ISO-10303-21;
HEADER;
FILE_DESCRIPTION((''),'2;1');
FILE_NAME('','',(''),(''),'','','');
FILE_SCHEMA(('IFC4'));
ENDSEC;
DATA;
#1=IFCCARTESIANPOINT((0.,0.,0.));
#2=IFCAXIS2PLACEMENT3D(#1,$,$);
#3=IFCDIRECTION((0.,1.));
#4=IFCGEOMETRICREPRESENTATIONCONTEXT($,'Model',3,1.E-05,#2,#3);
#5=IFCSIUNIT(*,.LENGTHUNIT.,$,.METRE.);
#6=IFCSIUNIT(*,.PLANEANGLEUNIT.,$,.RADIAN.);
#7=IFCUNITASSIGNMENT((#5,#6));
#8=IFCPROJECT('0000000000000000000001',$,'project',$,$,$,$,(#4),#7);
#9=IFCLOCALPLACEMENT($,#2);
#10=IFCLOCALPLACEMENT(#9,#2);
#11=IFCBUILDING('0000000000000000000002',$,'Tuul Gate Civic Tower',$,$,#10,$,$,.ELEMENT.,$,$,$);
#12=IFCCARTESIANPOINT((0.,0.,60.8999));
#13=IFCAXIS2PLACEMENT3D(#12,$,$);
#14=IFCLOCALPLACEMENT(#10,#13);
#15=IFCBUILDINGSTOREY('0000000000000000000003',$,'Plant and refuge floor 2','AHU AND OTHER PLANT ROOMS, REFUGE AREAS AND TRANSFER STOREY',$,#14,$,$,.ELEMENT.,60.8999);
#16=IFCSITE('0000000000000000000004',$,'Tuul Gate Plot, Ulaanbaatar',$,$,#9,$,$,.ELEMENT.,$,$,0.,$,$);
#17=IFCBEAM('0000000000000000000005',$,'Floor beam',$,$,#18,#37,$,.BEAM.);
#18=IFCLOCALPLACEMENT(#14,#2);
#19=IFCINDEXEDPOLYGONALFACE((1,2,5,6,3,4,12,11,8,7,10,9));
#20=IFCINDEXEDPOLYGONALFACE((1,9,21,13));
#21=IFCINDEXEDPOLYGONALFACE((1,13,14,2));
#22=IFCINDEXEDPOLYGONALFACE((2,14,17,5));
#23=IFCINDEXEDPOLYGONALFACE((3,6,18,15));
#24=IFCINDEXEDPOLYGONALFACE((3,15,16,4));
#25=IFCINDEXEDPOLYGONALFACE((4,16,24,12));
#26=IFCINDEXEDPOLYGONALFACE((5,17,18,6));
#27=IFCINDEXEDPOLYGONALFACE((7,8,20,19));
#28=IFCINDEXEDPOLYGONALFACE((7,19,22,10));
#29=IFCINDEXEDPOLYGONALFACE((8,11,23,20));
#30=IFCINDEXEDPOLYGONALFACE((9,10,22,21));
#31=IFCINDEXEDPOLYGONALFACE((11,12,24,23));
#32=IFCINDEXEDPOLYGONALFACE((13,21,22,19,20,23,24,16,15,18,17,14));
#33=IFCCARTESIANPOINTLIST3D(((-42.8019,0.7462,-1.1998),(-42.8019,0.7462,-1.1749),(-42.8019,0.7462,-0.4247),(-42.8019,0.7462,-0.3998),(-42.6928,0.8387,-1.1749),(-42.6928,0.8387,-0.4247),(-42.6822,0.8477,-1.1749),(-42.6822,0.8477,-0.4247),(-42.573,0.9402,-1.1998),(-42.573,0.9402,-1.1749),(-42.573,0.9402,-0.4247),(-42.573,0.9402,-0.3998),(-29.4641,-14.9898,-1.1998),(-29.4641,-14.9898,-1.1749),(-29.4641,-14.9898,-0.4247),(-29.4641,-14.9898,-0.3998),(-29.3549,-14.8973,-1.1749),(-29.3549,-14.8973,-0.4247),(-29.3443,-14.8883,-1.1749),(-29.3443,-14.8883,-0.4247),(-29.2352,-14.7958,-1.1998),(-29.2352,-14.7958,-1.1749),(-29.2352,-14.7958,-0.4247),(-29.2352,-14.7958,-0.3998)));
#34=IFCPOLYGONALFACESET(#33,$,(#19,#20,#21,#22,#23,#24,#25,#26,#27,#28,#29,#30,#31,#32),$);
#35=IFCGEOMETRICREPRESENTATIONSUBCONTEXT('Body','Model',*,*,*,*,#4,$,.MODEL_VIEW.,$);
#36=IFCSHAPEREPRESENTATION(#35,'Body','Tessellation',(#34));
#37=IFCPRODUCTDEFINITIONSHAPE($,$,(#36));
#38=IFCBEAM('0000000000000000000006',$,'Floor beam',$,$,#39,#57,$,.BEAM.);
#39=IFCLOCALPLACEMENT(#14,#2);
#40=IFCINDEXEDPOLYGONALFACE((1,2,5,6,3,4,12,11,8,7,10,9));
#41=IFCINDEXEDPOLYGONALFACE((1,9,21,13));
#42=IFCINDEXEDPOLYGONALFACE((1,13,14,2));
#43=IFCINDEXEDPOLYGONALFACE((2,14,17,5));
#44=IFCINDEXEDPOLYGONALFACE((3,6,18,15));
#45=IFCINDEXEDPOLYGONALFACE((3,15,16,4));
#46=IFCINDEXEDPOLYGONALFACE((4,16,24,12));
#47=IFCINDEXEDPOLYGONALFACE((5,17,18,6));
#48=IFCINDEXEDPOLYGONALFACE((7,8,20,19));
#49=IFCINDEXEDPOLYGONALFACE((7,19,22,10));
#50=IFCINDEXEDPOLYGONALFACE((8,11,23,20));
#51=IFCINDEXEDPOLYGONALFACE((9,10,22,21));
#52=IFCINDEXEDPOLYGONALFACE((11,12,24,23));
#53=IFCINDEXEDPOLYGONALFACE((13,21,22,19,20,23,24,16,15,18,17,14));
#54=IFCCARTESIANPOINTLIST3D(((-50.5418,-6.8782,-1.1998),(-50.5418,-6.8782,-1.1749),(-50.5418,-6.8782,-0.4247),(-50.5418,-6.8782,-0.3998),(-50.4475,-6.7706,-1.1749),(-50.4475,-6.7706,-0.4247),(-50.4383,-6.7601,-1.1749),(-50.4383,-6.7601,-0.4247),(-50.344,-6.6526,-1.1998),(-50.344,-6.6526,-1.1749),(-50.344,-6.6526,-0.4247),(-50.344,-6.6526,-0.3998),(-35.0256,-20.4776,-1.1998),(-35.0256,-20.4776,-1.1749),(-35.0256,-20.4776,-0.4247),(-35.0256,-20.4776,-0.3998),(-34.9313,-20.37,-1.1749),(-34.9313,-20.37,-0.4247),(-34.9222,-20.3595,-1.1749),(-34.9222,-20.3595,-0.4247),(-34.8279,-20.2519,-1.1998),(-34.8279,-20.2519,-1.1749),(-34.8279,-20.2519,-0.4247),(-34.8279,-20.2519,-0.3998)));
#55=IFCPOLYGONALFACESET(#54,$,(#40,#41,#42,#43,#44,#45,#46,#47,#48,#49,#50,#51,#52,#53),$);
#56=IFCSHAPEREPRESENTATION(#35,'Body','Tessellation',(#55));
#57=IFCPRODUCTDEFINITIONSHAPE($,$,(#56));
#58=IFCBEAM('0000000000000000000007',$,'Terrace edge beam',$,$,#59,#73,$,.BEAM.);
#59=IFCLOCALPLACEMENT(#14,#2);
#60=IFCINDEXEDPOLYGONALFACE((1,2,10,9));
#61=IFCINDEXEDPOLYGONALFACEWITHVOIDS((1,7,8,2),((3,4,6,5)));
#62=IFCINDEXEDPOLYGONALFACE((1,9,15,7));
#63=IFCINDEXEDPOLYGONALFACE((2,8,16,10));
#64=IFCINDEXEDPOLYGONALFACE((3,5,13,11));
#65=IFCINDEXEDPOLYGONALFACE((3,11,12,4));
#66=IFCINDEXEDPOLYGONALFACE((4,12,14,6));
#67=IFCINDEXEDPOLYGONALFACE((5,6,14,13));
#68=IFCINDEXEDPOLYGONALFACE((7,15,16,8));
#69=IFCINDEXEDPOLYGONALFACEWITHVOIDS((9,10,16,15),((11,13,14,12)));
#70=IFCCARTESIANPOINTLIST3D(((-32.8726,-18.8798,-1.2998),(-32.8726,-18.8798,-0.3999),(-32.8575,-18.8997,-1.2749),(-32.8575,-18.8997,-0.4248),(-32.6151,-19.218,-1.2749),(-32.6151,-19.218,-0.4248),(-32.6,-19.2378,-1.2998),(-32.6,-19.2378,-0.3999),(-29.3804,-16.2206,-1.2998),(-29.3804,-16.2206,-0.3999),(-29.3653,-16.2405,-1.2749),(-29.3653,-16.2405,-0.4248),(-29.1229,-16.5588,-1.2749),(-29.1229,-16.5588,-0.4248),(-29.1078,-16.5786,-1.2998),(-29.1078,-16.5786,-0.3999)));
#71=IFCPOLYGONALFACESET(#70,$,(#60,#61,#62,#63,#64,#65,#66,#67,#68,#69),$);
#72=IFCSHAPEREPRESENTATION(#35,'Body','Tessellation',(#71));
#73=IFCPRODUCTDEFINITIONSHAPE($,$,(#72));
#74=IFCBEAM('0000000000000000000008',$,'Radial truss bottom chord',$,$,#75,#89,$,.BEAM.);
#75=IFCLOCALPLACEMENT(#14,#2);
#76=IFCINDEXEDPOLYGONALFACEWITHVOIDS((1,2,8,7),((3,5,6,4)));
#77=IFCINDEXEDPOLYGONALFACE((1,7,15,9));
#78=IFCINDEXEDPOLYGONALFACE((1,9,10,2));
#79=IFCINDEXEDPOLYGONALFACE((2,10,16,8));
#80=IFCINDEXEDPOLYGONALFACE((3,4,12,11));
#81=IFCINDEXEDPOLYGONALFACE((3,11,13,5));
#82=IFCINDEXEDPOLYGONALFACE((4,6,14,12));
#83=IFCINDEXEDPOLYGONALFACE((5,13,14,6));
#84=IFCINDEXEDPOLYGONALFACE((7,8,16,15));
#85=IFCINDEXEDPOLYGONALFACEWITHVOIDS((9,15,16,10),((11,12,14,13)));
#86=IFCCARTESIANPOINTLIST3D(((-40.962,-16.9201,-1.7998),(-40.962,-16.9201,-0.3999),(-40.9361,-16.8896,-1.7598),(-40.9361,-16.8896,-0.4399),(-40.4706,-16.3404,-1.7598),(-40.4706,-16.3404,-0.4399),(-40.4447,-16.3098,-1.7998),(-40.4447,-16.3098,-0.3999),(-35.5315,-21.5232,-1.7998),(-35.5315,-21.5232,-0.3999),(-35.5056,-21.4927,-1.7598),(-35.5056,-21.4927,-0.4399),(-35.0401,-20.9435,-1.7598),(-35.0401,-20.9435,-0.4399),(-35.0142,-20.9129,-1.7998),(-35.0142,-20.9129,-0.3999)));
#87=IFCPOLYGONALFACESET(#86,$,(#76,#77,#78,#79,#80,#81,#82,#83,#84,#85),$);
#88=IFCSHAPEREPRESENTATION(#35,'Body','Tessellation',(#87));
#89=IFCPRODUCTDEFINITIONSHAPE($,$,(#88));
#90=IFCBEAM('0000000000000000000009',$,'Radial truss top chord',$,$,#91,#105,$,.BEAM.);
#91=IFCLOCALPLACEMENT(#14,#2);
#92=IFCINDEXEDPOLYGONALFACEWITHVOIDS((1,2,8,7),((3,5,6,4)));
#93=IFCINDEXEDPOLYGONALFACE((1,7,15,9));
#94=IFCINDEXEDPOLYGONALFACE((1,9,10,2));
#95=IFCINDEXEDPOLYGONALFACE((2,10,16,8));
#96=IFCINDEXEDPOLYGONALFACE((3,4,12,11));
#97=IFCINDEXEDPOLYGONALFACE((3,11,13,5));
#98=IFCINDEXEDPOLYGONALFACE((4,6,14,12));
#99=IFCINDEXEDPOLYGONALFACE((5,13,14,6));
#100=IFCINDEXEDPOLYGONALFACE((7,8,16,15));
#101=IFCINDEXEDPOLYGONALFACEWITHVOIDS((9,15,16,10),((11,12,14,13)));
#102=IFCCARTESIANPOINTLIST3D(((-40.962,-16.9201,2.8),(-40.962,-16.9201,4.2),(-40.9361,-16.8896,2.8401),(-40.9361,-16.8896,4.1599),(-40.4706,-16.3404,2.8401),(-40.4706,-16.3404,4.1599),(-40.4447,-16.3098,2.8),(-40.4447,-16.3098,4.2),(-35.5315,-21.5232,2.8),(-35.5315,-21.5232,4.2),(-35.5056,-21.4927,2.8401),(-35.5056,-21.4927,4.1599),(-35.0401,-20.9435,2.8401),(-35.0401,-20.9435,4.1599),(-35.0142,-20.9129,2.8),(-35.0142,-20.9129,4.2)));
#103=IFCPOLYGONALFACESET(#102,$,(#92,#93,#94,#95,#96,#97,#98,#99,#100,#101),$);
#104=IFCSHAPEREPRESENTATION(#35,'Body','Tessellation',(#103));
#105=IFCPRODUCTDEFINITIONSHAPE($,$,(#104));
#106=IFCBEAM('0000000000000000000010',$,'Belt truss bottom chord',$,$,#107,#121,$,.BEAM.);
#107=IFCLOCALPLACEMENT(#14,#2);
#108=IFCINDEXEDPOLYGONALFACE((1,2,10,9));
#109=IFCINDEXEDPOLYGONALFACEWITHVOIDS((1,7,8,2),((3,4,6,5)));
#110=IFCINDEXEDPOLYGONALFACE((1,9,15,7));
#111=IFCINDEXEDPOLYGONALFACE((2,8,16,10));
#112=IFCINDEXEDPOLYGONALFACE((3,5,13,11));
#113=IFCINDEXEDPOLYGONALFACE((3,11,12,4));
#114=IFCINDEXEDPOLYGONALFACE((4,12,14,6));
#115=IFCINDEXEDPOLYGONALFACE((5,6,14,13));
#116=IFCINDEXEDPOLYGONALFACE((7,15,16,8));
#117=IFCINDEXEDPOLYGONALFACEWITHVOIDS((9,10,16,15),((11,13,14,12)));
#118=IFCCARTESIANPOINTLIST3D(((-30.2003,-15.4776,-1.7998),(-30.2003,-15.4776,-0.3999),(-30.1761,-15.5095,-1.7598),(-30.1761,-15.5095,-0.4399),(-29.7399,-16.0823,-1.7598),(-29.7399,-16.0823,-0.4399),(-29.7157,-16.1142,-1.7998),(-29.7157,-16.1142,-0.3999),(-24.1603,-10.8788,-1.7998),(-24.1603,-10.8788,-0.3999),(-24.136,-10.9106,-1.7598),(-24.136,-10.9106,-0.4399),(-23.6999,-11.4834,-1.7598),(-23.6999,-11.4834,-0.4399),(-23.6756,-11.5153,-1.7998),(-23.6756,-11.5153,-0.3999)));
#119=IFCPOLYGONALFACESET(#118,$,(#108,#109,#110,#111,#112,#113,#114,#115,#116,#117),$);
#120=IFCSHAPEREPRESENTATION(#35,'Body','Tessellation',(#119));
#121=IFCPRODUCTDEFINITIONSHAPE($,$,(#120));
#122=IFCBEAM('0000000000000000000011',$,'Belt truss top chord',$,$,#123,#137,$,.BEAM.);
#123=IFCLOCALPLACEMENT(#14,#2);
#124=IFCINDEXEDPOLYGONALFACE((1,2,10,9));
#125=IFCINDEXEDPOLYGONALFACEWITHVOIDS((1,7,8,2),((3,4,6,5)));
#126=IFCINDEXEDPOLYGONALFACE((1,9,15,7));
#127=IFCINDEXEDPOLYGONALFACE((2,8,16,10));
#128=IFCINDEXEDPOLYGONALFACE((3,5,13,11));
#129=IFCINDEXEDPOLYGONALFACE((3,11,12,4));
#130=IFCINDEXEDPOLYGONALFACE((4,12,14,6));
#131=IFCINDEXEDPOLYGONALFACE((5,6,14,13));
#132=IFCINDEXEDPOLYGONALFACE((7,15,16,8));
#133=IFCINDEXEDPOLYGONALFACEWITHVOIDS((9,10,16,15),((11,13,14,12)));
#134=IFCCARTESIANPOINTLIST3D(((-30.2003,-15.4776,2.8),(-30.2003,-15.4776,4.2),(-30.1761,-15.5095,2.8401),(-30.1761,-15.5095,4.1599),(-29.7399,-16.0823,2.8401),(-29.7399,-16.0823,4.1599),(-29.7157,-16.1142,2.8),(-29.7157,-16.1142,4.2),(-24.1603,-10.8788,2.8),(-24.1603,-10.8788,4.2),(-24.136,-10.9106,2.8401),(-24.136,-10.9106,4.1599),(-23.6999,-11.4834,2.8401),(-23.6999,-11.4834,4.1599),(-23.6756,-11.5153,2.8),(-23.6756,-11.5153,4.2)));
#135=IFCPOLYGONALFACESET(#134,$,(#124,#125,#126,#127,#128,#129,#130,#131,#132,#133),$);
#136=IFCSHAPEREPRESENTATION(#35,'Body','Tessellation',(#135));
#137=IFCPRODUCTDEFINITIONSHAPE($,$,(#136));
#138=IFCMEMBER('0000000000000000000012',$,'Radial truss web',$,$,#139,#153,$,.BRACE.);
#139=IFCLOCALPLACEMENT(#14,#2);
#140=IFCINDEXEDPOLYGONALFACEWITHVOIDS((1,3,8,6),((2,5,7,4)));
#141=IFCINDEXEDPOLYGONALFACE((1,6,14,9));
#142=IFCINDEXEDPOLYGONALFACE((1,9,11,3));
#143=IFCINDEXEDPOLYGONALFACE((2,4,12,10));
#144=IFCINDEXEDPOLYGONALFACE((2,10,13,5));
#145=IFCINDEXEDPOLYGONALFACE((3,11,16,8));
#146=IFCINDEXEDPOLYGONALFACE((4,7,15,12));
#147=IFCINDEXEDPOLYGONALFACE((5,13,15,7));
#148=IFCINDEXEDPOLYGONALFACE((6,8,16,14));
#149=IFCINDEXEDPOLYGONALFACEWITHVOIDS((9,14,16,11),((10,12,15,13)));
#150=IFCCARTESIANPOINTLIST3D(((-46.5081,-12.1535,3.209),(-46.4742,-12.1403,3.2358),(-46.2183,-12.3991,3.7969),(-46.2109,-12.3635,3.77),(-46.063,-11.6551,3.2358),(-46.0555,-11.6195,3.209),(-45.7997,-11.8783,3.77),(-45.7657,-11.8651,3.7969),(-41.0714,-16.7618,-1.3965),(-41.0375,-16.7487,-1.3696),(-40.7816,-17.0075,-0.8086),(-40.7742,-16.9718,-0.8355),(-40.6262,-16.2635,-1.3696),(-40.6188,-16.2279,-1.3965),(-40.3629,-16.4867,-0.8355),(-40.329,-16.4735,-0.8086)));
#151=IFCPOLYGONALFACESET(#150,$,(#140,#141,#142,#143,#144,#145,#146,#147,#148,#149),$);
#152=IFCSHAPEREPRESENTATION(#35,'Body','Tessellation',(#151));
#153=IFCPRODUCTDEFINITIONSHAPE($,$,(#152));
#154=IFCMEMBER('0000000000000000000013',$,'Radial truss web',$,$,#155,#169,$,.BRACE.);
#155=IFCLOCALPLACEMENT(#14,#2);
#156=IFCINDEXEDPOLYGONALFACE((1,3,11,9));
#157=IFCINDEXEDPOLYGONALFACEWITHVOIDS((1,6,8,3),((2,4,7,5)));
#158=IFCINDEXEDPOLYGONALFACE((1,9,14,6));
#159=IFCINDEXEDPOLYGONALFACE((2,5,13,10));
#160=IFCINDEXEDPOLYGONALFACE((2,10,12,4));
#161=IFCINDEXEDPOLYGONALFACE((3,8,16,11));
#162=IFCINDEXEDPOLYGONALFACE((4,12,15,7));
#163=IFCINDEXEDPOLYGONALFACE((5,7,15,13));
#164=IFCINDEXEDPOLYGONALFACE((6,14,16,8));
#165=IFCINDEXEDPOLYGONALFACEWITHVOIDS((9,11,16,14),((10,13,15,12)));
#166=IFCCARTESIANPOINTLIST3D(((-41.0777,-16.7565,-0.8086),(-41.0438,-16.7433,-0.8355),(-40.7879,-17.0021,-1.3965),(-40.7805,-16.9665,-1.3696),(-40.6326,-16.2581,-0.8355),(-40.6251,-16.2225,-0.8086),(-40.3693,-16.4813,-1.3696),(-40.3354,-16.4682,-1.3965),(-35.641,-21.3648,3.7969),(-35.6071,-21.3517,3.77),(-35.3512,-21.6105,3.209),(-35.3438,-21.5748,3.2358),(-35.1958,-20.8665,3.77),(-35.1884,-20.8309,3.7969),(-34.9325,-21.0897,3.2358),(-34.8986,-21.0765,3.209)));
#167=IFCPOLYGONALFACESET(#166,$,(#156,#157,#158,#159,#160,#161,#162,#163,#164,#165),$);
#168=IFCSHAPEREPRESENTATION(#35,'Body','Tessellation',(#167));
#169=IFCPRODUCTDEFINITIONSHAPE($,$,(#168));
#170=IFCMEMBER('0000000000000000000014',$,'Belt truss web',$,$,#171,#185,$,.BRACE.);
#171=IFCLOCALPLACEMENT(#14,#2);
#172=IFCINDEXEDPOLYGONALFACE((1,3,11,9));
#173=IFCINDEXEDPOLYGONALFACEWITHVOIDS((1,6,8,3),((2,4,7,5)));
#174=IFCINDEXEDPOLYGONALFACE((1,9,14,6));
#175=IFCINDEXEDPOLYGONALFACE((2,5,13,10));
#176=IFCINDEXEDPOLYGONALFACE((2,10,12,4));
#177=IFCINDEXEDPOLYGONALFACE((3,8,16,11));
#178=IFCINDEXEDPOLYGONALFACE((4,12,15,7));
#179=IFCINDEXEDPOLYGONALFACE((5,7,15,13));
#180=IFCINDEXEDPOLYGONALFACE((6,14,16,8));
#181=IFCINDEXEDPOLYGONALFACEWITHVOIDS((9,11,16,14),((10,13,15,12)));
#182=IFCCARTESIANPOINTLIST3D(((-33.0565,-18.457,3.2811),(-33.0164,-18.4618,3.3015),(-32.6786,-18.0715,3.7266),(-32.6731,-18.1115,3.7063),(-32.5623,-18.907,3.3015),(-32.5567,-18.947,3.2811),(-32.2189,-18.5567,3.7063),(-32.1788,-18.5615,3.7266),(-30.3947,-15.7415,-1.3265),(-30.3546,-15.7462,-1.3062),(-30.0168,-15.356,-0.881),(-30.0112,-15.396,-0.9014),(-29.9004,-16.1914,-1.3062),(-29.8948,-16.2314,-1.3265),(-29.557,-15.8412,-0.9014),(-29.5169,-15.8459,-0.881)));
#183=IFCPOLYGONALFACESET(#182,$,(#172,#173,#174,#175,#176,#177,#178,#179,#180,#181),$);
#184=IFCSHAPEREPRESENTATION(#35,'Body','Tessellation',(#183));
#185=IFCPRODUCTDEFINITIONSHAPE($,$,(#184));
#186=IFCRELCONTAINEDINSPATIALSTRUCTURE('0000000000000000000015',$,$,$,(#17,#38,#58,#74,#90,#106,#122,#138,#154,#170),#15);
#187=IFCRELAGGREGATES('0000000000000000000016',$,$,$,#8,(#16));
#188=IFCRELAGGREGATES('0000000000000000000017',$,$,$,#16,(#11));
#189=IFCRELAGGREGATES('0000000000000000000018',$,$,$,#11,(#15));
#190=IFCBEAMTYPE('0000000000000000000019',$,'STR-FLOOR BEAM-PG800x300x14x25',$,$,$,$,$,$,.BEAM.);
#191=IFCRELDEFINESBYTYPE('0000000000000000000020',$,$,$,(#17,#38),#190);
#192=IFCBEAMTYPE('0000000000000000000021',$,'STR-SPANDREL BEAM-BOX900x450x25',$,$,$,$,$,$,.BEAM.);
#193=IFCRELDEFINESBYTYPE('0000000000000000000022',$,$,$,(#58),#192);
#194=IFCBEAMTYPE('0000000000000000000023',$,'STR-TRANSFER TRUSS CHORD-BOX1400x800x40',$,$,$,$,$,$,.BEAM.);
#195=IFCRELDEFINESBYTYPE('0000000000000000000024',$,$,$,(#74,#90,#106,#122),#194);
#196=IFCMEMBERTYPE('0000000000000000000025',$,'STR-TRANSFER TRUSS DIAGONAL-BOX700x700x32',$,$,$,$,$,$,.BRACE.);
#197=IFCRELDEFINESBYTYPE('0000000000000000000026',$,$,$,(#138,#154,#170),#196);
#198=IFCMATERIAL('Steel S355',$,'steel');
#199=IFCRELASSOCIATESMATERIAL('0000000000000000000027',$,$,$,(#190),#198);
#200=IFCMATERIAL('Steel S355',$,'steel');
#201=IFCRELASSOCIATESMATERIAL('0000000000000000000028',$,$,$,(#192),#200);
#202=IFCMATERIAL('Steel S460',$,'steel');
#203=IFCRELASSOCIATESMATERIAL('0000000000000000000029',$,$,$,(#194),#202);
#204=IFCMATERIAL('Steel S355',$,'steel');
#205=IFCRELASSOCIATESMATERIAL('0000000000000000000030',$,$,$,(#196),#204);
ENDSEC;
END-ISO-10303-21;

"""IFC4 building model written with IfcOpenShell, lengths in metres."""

from ifc_helpers import new_model, si_unit, direction, frame, origin, origin_2d, place, context, subcontext, project, spatial, hollow_rectangle, i_section, extrude, material, material_profile, profile_set, type_object, element, save


model = new_model("IFC4")

# Units and contexts
model_context = context("Model", 3, precision=1e-05, world=origin(), true_north=direction((0.0, 1.0)))
body_context = subcontext(model_context, "Body", "Model", "MODEL_VIEW")
ifc_project = project(units=[si_unit("LENGTHUNIT", "METRE"), si_unit("PLANEANGLEUNIT", "RADIAN")], contexts=[model_context])

# Site, building, storey
site_placement = place(None, origin())
site = spatial("IfcSite", under=ifc_project, at=site_placement, Name="Tuul Gate Plot, Ulaanbaatar", CompositionType="ELEMENT", RefElevation=0.0)
building_placement = place(site_placement, origin())
building = spatial("IfcBuilding", under=site, at=building_placement, Name="Tuul Gate Civic Tower", CompositionType="ELEMENT")
storey_placement = place(building_placement, frame((0.0, 0.0, 60.8999)))
storey = spatial("IfcBuildingStorey", under=building, at=storey_placement, Name="Plant and refuge floor 2", Description="AHU AND OTHER PLANT ROOMS, REFUGE AREAS AND TRANSFER STOREY", CompositionType="ELEMENT", Elevation=60.8999)

# Beams
ifc_material_1 = material(Name="Steel S355", Category="steel")
ifc_material_profile_1 = material_profile(ifc_material_1, i_section(OverallWidth=0.3, OverallDepth=0.8, WebThickness=0.0139, FlangeThickness=0.0249, at=origin_2d()), Name="PG800x300x14x25")
ifc_profile_set_1 = profile_set([ifc_material_profile_1], Name="Steel S355")
beam_type_1 = type_object("IfcBeamType", Name="STR-FLOOR BEAM-PG800x300x14x25", PredefinedType="BEAM", material=ifc_profile_set_1)
beam_1_placement = place(storey_placement, frame((-29.3496, -14.8928, -0.7998), z_axis=(-0.646585, 0.762842, 0.0), x_axis=(-0.762842, -0.646585, 0.0)))
element("IfcBeam", 1, at=beam_1_placement, inside=storey, type_object=beam_type_1, Name="Floor beam", PredefinedType="BEAM", context=body_context, shape_type="SweptSolid", body=[
    extrude(i_section(OverallWidth=0.3, OverallDepth=0.8, WebThickness=0.0139, FlangeThickness=0.0249, at=origin_2d()), origin(), (0.0, 0.0, 1.0), 20.6282),
])
beam_2_placement = place(storey_placement, frame((-34.9268, -20.3647, -0.7998), z_axis=(-0.75203, 0.659129, 0.0), x_axis=(-0.659129, -0.75203, 0.0)))
element("IfcBeam", 2, at=beam_2_placement, inside=storey, type_object=beam_type_1, Name="Floor beam", PredefinedType="BEAM", context=body_context, shape_type="SweptSolid", body=[
    extrude(i_section(OverallWidth=0.3, OverallDepth=0.8, WebThickness=0.0139, FlangeThickness=0.0249, at=origin_2d()), origin(), (0.0, 0.0, 1.0), 20.6323),
])
ifc_material_2 = material(Name="Steel S355", Category="steel")
ifc_material_profile_2 = material_profile(ifc_material_2, hollow_rectangle(XDim=0.45, YDim=0.8999, WallThickness=0.0249, at=origin_2d()), Name="BOX900x450x25")
ifc_profile_set_2 = profile_set([ifc_material_profile_2], Name="Steel S355")
beam_type_2 = type_object("IfcBeamType", Name="STR-SPANDREL BEAM-BOX900x450x25", PredefinedType="BEAM", material=ifc_profile_set_2)
beam_3_placement = place(storey_placement, frame((-32.7363, -19.0588, -0.8499), z_axis=(0.7956, 0.605822, 0.0), x_axis=(-0.605822, 0.7956, 0.0)))
element("IfcBeam", 3, at=beam_3_placement, inside=storey, type_object=beam_type_2, Name="Terrace edge beam", PredefinedType="BEAM", context=body_context, shape_type="SweptSolid", body=[
    extrude(hollow_rectangle(XDim=0.45, YDim=0.8999, WallThickness=0.0249, at=origin_2d()), origin(), (0.0, 0.0, 1.0), 4.3894),
])
ifc_material_3 = material(Name="Steel S460", Category="steel")
ifc_material_profile_3 = material_profile(ifc_material_3, hollow_rectangle(XDim=0.8, YDim=1.3999, WallThickness=0.04, at=origin_2d()), Name="BOX1400x800x40")
ifc_profile_set_3 = profile_set([ifc_material_profile_3], Name="Steel S460")
beam_type_3 = type_object("IfcBeamType", Name="STR-TRANSFER TRUSS CHORD-BOX1400x800x40", PredefinedType="BEAM", material=ifc_profile_set_3)
for number, where, z_axis, x_axis, name in (
    (4, (-40.7034, -16.615, -1.0999), (0.762828, -0.646602, 0.0), (0.646602, 0.762828, 0.0), "Radial truss bottom chord"),
    (5, (-40.7034, -16.615, 3.5), (0.762828, -0.646602, 0.0), (0.646602, 0.762828, 0.0), "Radial truss top chord"),
):
    element("IfcBeam", number, at=place(storey_placement, frame(where, z_axis=z_axis, x_axis=x_axis)), inside=storey, type_object=beam_type_3, Name=name, PredefinedType="BEAM", context=body_context, shape_type="SweptSolid", body=[
        extrude(hollow_rectangle(XDim=0.8, YDim=1.3999, WallThickness=0.04, at=origin_2d()), origin(), (0.0, 0.0, 1.0), 7.1189),
    ])
for number, where, z_axis, x_axis, name in (
    (6, (-29.958, -15.7959, -1.0999), (0.795626, 0.605788, 0.0), (-0.605788, 0.795626, 0.0), "Belt truss bottom chord"),
    (7, (-29.958, -15.7959, 3.5), (0.795626, 0.605788, 0.0), (-0.605788, 0.795626, 0.0), "Belt truss top chord"),
):
    element("IfcBeam", number, at=place(storey_placement, frame(where, z_axis=z_axis, x_axis=x_axis)), inside=storey, type_object=beam_type_3, Name=name, PredefinedType="BEAM", context=body_context, shape_type="SweptSolid", body=[
        extrude(hollow_rectangle(XDim=0.8, YDim=1.3999, WallThickness=0.04, at=origin_2d()), origin(), (0.0, 0.0, 1.0), 7.5916),
    ])

# Members
ifc_material_4 = material(Name="Steel S355", Category="steel")
ifc_material_profile_4 = material_profile(ifc_material_4, hollow_rectangle(XDim=0.7, YDim=0.7, WallThickness=0.032, at=origin_2d()), Name="BOX700x700x32")
ifc_profile_set_4 = profile_set([ifc_material_profile_4], Name="Steel S355")
member_type_1 = type_object("IfcMemberType", Name="STR-TRANSFER TRUSS DIAGONAL-BOX700x700x32", PredefinedType="BRACE", material=ifc_profile_set_4)
for number, where, z_axis, x_axis, name in (
    (8, (-40.7002, -16.6177, -1.1025), (-0.640702, 0.543082, 0.542737), (-0.646601, -0.762829, 0.0), "Radial truss web"),
    (9, (-40.7065, -16.6123, -1.1025), (0.640702, -0.543082, 0.542737), (0.646601, 0.762829, 0.0), "Radial truss web"),
):
    element("IfcMember", number, at=place(storey_placement, frame(where, z_axis=z_axis, x_axis=x_axis)), inside=storey, type_object=member_type_1, Name=name, PredefinedType="BRACE", context=body_context, shape_type="SweptSolid", body=[
        extrude(hollow_rectangle(XDim=0.7, YDim=0.7, WallThickness=0.032, at=origin_2d()), origin(), (0.0, 0.0, 1.0), 8.4856),
    ])
member_1_placement = place(storey_placement, frame((-29.9558, -15.7937, -1.1038), z_axis=(-0.445564, -0.454554, 0.771267), x_axis=(0.714134, -0.700009, 0.0)))
element("IfcMember", 10, at=member_1_placement, inside=storey, type_object=member_type_1, Name="Belt truss web", PredefinedType="BRACE", context=body_context, shape_type="SweptSolid", body=[
    extrude(hollow_rectangle(XDim=0.7, YDim=0.7, WallThickness=0.032, at=origin_2d()), origin(), (0.0, 0.0, 1.0), 5.9741),
])

save(model, "model.ifc")
